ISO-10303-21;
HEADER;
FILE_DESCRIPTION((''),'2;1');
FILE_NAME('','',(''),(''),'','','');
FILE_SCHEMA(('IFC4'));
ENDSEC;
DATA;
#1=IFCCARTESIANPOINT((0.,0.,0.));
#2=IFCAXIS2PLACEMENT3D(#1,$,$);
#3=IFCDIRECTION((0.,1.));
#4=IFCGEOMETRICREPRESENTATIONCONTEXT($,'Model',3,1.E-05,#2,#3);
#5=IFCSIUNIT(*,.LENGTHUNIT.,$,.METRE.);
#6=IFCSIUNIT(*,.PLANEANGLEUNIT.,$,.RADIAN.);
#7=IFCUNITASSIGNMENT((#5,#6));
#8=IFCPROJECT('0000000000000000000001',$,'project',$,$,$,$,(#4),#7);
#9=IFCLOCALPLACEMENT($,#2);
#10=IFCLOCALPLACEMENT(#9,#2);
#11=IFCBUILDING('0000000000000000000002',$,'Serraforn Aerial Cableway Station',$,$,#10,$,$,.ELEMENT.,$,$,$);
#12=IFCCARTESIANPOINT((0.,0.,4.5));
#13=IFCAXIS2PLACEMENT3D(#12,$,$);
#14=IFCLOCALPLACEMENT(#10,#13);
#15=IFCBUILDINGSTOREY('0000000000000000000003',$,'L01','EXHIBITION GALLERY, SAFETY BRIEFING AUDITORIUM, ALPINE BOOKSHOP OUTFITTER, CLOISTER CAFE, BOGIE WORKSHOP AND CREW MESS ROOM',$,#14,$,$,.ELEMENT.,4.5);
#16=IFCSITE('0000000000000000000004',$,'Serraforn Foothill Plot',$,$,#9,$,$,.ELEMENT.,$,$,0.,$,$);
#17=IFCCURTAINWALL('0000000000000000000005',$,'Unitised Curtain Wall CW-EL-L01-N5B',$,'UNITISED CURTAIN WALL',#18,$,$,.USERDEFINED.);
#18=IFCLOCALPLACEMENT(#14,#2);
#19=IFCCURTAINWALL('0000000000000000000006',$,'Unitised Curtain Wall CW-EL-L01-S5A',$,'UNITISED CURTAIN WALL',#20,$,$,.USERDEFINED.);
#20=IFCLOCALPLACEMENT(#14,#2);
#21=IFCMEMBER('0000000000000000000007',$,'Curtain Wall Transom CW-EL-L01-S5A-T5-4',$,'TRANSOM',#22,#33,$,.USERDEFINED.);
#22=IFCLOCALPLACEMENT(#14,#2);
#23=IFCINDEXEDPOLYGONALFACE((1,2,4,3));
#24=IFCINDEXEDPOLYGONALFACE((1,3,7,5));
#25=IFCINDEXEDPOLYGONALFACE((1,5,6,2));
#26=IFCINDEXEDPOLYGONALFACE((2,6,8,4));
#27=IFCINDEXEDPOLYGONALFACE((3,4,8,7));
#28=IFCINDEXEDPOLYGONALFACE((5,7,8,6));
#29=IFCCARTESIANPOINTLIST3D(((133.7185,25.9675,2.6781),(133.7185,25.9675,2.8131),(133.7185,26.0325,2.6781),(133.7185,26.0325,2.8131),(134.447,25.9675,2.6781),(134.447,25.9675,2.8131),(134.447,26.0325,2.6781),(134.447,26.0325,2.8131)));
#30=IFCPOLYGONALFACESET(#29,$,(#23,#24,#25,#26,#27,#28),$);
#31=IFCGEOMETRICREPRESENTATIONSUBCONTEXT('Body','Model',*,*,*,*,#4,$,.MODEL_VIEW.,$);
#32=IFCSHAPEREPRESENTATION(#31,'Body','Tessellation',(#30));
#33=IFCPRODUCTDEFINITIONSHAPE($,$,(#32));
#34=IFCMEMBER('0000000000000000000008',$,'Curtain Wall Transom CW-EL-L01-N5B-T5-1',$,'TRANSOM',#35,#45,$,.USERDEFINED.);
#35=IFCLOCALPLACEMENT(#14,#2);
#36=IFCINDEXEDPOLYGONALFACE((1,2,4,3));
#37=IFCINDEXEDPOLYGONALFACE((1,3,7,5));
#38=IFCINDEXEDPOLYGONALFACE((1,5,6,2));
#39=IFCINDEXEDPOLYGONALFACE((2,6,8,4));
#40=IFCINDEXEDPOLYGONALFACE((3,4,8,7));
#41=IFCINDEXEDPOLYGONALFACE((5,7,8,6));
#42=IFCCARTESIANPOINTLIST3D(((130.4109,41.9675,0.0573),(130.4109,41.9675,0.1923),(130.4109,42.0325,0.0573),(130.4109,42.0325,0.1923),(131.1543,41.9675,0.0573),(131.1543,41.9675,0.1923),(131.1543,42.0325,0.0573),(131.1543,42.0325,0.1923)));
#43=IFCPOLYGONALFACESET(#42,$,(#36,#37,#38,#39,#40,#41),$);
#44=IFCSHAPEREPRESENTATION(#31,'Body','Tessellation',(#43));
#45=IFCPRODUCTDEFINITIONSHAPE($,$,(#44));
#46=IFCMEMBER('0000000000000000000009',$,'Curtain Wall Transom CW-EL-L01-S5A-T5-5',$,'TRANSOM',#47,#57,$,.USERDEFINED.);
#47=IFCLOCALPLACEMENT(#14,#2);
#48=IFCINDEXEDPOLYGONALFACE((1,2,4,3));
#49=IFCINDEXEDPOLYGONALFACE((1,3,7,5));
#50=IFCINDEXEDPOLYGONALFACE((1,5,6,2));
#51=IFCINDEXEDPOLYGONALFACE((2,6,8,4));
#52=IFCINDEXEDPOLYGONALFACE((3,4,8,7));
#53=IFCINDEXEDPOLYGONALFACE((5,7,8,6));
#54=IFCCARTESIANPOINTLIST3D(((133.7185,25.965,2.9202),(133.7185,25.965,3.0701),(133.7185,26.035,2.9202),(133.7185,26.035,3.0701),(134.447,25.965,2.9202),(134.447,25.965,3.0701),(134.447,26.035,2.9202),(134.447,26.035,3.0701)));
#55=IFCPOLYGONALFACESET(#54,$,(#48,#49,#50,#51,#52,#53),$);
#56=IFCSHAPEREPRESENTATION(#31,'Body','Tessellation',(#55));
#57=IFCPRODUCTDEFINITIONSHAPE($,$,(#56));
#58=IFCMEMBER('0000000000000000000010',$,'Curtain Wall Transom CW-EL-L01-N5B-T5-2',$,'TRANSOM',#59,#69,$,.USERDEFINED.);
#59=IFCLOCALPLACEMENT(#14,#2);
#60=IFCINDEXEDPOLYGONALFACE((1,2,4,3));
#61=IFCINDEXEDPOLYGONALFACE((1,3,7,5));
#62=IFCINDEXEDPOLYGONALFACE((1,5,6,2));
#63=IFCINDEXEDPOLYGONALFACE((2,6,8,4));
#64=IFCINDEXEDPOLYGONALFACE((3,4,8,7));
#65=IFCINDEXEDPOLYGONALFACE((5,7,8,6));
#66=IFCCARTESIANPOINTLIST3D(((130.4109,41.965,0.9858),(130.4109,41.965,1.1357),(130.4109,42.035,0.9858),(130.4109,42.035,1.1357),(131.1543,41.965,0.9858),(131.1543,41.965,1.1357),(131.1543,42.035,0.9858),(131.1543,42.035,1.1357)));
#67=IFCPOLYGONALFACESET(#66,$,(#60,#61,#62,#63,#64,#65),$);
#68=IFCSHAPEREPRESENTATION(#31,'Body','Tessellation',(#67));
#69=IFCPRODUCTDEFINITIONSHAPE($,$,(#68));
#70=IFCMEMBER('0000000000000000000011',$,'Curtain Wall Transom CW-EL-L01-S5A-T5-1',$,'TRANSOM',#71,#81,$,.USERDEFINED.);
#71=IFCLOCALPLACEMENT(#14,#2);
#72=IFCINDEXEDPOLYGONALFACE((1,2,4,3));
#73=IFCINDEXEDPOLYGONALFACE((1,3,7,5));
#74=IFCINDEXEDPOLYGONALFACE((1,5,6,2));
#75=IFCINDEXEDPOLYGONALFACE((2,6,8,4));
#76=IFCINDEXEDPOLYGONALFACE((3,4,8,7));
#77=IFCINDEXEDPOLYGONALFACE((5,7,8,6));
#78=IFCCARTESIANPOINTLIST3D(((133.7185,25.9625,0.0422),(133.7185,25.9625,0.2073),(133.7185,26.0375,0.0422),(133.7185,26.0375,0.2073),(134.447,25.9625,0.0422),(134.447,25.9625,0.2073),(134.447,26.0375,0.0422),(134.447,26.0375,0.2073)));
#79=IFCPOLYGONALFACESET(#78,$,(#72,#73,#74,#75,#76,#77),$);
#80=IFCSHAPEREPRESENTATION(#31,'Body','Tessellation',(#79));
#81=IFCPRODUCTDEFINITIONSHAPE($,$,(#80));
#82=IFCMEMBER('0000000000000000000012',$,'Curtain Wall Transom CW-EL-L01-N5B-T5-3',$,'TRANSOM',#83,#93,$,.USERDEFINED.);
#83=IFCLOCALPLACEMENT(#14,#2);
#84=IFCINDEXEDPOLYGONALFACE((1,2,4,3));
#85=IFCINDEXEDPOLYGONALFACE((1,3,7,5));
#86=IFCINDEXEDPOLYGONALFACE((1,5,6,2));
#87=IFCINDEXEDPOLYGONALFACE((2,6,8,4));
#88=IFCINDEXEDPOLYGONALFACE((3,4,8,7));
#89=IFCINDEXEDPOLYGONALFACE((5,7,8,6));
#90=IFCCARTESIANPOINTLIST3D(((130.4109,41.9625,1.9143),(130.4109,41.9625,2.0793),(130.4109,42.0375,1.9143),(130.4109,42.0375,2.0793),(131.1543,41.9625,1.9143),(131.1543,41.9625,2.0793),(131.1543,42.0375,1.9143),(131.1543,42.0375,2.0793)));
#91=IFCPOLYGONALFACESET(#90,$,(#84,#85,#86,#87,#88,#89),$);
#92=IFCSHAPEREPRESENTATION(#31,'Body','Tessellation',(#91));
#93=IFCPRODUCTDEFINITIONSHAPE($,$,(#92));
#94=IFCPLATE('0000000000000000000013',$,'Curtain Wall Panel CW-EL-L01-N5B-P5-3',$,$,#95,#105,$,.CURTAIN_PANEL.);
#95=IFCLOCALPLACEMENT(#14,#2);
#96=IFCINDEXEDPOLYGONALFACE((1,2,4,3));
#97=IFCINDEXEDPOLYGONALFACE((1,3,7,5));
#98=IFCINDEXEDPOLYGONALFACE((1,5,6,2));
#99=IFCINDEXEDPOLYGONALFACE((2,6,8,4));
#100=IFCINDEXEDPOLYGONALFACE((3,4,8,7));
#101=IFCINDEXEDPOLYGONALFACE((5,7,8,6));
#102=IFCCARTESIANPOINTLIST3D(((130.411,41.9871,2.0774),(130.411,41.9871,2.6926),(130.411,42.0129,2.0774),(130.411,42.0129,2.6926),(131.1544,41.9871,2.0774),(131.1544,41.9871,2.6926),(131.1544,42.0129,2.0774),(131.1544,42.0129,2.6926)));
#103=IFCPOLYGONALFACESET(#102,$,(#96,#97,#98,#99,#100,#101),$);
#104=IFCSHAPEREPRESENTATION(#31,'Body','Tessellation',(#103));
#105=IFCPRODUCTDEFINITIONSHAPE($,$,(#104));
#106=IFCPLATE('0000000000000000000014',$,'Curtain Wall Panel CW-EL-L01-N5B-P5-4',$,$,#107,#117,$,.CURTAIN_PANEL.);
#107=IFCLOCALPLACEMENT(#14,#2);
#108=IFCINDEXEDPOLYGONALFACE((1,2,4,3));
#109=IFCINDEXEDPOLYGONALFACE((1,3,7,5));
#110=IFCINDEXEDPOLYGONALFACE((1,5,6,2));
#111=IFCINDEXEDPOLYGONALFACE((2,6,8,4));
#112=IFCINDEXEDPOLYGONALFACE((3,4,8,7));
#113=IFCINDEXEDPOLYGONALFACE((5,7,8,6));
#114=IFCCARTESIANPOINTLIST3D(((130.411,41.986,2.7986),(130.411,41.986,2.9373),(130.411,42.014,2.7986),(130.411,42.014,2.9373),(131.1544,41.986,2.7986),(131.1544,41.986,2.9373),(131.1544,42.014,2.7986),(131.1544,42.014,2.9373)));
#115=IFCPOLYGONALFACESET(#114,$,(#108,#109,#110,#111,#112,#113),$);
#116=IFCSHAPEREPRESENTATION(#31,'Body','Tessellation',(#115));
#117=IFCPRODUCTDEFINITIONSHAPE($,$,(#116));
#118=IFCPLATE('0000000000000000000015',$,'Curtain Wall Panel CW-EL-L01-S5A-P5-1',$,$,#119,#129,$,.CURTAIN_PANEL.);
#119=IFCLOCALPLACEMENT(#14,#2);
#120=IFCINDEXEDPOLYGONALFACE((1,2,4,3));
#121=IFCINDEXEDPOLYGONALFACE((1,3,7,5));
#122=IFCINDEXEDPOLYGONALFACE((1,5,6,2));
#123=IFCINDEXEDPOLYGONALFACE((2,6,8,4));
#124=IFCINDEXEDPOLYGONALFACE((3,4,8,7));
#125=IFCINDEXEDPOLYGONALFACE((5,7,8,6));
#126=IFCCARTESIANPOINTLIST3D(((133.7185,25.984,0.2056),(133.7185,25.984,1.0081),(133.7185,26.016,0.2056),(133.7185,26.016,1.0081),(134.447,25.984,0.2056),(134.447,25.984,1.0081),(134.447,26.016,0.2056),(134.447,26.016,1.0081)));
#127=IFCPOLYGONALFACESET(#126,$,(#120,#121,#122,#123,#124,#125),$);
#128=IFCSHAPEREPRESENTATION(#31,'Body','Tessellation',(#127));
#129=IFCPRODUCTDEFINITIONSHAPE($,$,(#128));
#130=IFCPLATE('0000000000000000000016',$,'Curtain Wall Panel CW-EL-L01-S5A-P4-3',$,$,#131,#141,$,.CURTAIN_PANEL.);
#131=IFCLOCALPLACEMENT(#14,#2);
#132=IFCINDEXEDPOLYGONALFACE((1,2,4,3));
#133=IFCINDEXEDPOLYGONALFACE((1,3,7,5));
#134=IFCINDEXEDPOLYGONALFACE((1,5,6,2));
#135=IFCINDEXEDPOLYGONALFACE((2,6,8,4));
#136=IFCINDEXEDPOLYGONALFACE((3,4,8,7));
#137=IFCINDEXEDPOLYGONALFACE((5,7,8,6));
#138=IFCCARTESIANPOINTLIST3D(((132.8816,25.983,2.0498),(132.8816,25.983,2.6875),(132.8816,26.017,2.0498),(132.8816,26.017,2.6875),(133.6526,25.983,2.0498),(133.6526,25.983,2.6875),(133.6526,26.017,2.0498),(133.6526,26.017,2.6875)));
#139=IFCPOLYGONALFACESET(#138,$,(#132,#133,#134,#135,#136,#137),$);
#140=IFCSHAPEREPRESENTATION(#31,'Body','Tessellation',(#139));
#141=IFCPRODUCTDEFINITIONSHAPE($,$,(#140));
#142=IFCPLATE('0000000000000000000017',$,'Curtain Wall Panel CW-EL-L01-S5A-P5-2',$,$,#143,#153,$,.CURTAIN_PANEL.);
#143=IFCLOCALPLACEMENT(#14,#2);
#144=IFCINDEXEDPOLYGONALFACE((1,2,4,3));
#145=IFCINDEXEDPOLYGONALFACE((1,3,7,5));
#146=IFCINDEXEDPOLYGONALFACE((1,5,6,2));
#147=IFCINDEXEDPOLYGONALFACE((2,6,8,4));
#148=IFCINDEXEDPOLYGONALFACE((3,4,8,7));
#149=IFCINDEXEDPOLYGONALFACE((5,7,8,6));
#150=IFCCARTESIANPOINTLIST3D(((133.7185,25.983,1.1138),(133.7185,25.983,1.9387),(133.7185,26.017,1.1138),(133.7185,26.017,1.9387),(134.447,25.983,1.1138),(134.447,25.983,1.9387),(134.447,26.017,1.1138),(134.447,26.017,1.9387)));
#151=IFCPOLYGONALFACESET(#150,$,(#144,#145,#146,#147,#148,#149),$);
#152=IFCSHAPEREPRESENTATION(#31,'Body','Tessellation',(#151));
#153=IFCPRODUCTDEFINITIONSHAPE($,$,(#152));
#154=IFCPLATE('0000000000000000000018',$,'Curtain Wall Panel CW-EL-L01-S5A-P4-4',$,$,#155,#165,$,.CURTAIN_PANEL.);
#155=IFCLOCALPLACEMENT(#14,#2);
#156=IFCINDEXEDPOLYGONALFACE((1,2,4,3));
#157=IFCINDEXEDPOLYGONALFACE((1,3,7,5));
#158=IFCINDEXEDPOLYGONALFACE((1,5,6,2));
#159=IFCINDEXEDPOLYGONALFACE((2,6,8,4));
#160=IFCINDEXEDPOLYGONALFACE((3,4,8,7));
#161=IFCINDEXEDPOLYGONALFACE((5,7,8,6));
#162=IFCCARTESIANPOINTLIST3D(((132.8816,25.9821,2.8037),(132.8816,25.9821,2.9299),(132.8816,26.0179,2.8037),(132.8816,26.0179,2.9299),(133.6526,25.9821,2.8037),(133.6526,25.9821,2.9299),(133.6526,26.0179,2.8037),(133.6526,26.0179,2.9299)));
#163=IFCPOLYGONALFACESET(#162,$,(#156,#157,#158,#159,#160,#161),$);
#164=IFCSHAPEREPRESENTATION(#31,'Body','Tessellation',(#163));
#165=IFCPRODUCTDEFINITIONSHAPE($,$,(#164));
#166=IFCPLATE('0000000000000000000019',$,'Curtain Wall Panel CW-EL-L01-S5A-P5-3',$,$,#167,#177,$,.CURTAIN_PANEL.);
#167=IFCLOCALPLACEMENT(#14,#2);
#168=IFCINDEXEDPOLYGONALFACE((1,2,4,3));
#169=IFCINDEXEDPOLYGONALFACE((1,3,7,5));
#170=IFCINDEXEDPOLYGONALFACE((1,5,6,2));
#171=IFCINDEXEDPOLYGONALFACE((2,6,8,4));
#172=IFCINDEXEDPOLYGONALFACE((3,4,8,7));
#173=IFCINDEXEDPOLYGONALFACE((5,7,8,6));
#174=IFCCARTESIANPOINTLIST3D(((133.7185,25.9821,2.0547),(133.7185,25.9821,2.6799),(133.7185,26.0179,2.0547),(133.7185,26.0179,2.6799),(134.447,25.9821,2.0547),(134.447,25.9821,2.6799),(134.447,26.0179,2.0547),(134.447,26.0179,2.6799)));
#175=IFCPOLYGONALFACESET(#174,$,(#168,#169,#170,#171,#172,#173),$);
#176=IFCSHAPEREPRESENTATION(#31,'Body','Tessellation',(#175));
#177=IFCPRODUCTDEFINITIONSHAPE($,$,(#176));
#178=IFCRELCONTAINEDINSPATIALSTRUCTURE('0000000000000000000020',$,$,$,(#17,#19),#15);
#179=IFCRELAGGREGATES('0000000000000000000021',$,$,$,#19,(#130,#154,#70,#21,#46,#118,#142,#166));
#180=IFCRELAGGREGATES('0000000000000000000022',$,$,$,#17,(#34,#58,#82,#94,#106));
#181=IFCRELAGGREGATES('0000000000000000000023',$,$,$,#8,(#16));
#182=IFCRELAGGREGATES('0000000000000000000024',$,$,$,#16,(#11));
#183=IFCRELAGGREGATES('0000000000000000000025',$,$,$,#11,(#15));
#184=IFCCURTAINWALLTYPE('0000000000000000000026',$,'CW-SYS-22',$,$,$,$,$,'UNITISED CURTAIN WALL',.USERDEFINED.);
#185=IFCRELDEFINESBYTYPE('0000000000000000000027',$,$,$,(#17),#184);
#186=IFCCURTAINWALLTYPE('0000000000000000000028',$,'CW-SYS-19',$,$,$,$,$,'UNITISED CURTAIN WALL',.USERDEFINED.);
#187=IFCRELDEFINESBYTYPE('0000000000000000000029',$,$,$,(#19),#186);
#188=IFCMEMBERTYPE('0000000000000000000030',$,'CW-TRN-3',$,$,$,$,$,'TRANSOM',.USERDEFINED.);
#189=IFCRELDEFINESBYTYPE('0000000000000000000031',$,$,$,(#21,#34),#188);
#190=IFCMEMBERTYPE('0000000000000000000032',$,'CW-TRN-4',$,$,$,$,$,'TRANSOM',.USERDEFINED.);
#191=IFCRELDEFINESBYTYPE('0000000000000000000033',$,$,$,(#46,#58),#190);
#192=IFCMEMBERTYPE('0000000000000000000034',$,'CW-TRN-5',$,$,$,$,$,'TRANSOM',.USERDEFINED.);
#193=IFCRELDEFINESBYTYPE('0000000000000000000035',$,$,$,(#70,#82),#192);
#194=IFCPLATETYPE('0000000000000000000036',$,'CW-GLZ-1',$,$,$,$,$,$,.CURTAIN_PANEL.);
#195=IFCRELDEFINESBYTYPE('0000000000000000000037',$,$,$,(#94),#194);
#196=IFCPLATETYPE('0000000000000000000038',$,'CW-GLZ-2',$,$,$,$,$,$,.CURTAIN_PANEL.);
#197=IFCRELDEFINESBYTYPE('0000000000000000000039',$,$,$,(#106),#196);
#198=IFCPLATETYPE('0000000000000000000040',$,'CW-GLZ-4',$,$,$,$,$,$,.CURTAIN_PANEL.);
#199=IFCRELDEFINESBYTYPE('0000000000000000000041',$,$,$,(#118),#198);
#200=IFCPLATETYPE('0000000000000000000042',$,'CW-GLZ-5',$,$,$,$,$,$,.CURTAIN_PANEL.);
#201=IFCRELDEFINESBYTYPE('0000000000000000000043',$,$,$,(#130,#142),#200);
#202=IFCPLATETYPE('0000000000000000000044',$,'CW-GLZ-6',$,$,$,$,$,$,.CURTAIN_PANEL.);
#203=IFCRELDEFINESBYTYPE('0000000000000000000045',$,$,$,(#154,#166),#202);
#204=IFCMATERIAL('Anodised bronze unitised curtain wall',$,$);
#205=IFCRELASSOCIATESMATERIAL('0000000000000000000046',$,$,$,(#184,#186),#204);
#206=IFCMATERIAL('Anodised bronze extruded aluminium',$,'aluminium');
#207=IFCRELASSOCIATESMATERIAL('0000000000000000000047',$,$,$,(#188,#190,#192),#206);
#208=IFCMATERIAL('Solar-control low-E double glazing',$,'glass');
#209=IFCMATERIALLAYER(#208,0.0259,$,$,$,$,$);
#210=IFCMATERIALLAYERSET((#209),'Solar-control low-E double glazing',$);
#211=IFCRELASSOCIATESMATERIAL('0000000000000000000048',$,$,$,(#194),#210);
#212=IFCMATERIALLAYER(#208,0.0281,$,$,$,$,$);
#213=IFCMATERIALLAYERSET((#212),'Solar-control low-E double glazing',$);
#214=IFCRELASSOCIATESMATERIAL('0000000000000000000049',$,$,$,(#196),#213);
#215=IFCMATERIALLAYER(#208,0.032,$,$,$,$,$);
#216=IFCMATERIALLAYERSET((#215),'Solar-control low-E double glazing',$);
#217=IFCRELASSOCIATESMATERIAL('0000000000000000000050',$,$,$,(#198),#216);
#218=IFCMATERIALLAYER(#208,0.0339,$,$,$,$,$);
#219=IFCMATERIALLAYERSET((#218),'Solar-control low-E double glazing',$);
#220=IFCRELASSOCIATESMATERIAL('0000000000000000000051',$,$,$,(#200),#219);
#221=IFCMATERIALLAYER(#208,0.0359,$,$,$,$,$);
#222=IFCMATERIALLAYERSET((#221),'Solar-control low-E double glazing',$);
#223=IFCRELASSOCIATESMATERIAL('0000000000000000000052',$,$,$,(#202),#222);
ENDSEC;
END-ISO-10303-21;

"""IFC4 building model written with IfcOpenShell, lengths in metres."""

from ifc_helpers import new_model, si_unit, direction, frame, origin, origin_2d, place, context, subcontext, project, spatial, rectangle, extrude, material, layer, layer_set, material_profile, profile_set, type_object, element, aggregate, save


model = new_model("IFC4")

# Units and contexts
model_context = context("Model", 3, precision=1e-05, world=origin(), true_north=direction((0.0, 1.0)))
body_context = subcontext(model_context, "Body", "Model", "MODEL_VIEW")
ifc_project = project(units=[si_unit("LENGTHUNIT", "METRE"), si_unit("PLANEANGLEUNIT", "RADIAN")], contexts=[model_context])

# Site, building, storey
site_placement = place(None, origin())
site = spatial("IfcSite", under=ifc_project, at=site_placement, Name="Serraforn Foothill Plot", CompositionType="ELEMENT", RefElevation=0.0)
building_placement = place(site_placement, origin())
building = spatial("IfcBuilding", under=site, at=building_placement, Name="Serraforn Aerial Cableway Station", CompositionType="ELEMENT")
storey_placement = place(building_placement, frame((0.0, 0.0, 4.5)))
storey = spatial("IfcBuildingStorey", under=building, at=storey_placement, Name="L01", Description="EXHIBITION GALLERY, SAFETY BRIEFING AUDITORIUM, ALPINE BOOKSHOP OUTFITTER, CLOISTER CAFE, BOGIE WORKSHOP AND CREW MESS ROOM", CompositionType="ELEMENT", Elevation=4.5)

# Curtain walls
ifc_material_1 = material(Name="Anodised bronze unitised curtain wall")
curtain_wall_type_1 = type_object("IfcCurtainWallType", Name="CW-SYS-22", ElementType="UNITISED CURTAIN WALL", PredefinedType="USERDEFINED", material=ifc_material_1)
curtain_wall_1_placement = place(storey_placement, origin())
curtain_wall_1 = element("IfcCurtainWall", 1, at=curtain_wall_1_placement, inside=storey, type_object=curtain_wall_type_1, Name="Unitised Curtain Wall CW-EL-L01-N5B", ObjectType="UNITISED CURTAIN WALL", PredefinedType="USERDEFINED")
ifc_material_2 = material(Name="Anodised bronze extruded aluminium", Category="aluminium")
curtain_wall_type_2 = type_object("IfcCurtainWallType", Name="CW-SYS-19", ElementType="UNITISED CURTAIN WALL", PredefinedType="USERDEFINED", material=ifc_material_1)
curtain_wall_2_placement = place(storey_placement, origin())
curtain_wall_2 = element("IfcCurtainWall", 2, at=curtain_wall_2_placement, inside=storey, type_object=curtain_wall_type_2, Name="Unitised Curtain Wall CW-EL-L01-S5A", ObjectType="UNITISED CURTAIN WALL", PredefinedType="USERDEFINED")

# Members
ifc_material_profile_1 = material_profile(ifc_material_2, rectangle(XDim=0.0649, YDim=0.135, at=origin_2d()), Name="CW TRANSOM 65x135")
ifc_profile_set_1 = profile_set([ifc_material_profile_1], Name="Anodised bronze extruded aluminium")
member_type_1 = type_object("IfcMemberType", Name="CW-TRN-3", ElementType="TRANSOM", PredefinedType="USERDEFINED", material=ifc_profile_set_1)
member_1_placement = place(storey_placement, frame((133.7185, 26.0, 2.7456), z_axis=(1.0, 0.0, 0.0), x_axis=(0.0, 1.0, 0.0)))
member_1 = element("IfcMember", 3, at=member_1_placement, type_object=member_type_1, Name="Curtain Wall Transom CW-EL-L01-S5A-T5-4", ObjectType="TRANSOM", PredefinedType="USERDEFINED", context=body_context, shape_type="SweptSolid", body=[
    extrude(rectangle(XDim=0.0649, YDim=0.135, at=origin_2d()), origin(), (0.0, 0.0, 1.0), 0.7285),
])
member_2_placement = place(storey_placement, frame((131.1543, 42.0, 0.1248), z_axis=(-1.0, 0.0, 0.0), x_axis=(0.0, -1.0, 0.0)))
member_2 = element("IfcMember", 4, at=member_2_placement, type_object=member_type_1, Name="Curtain Wall Transom CW-EL-L01-N5B-T5-1", ObjectType="TRANSOM", PredefinedType="USERDEFINED", context=body_context, shape_type="SweptSolid", body=[
    extrude(rectangle(XDim=0.0649, YDim=0.135, at=origin_2d()), origin(), (0.0, 0.0, 1.0), 0.7434),
])
ifc_material_profile_2 = material_profile(ifc_material_2, rectangle(XDim=0.0701, YDim=0.1499, at=origin_2d()), Name="CW TRANSOM 70x150")
ifc_profile_set_2 = profile_set([ifc_material_profile_2], Name="Anodised bronze extruded aluminium")
member_type_2 = type_object("IfcMemberType", Name="CW-TRN-4", ElementType="TRANSOM", PredefinedType="USERDEFINED", material=ifc_profile_set_2)
member_3_placement = place(storey_placement, frame((133.7185, 26.0, 2.9951), z_axis=(1.0, 0.0, 0.0), x_axis=(0.0, 1.0, 0.0)))
member_3 = element("IfcMember", 5, at=member_3_placement, type_object=member_type_2, Name="Curtain Wall Transom CW-EL-L01-S5A-T5-5", ObjectType="TRANSOM", PredefinedType="USERDEFINED", context=body_context, shape_type="SweptSolid", body=[
    extrude(rectangle(XDim=0.0701, YDim=0.1499, at=origin_2d()), origin(), (0.0, 0.0, 1.0), 0.7285),
])
member_4_placement = place(storey_placement, frame((131.1543, 42.0, 1.0608), z_axis=(-1.0, 0.0, 0.0), x_axis=(0.0, -1.0, 0.0)))
member_4 = element("IfcMember", 6, at=member_4_placement, type_object=member_type_2, Name="Curtain Wall Transom CW-EL-L01-N5B-T5-2", ObjectType="TRANSOM", PredefinedType="USERDEFINED", context=body_context, shape_type="SweptSolid", body=[
    extrude(rectangle(XDim=0.0701, YDim=0.1499, at=origin_2d()), origin(), (0.0, 0.0, 1.0), 0.7434),
])
ifc_material_profile_3 = material_profile(ifc_material_2, rectangle(XDim=0.075, YDim=0.165, at=origin_2d()), Name="CW TRANSOM 75x165")
ifc_profile_set_3 = profile_set([ifc_material_profile_3], Name="Anodised bronze extruded aluminium")
member_type_3 = type_object("IfcMemberType", Name="CW-TRN-5", ElementType="TRANSOM", PredefinedType="USERDEFINED", material=ifc_profile_set_3)
member_5_placement = place(storey_placement, frame((133.7185, 26.0, 0.1248), z_axis=(1.0, 0.0, 0.0), x_axis=(0.0, 1.0, 0.0)))
member_5 = element("IfcMember", 7, at=member_5_placement, type_object=member_type_3, Name="Curtain Wall Transom CW-EL-L01-S5A-T5-1", ObjectType="TRANSOM", PredefinedType="USERDEFINED", context=body_context, shape_type="SweptSolid", body=[
    extrude(rectangle(XDim=0.075, YDim=0.165, at=origin_2d()), origin(), (0.0, 0.0, 1.0), 0.7285),
])
member_6_placement = place(storey_placement, frame((131.1543, 42.0, 1.9968), z_axis=(-1.0, 0.0, 0.0), x_axis=(0.0, -1.0, 0.0)))
member_6 = element("IfcMember", 8, at=member_6_placement, type_object=member_type_3, Name="Curtain Wall Transom CW-EL-L01-N5B-T5-3", ObjectType="TRANSOM", PredefinedType="USERDEFINED", context=body_context, shape_type="SweptSolid", body=[
    extrude(rectangle(XDim=0.075, YDim=0.165, at=origin_2d()), origin(), (0.0, 0.0, 1.0), 0.7434),
])

# Plates
ifc_material_3 = material(Name="Solar-control low-E double glazing", Category="glass")
ifc_layer_1 = layer(ifc_material_3, 0.0259)
ifc_layer_set_1 = layer_set([ifc_layer_1], Name="Solar-control low-E double glazing")
plate_type_1 = type_object("IfcPlateType", Name="CW-GLZ-1", PredefinedType="CURTAIN_PANEL", material=ifc_layer_set_1)
plate_1_placement = place(storey_placement, frame((130.7827, 42.0, 2.0774), z_axis=(0.0, 0.0, 1.0), x_axis=(1.0, 0.0, 0.0)))
plate_1 = element("IfcPlate", 9, at=plate_1_placement, type_object=plate_type_1, Name="Curtain Wall Panel CW-EL-L01-N5B-P5-3", PredefinedType="CURTAIN_PANEL", context=body_context, shape_type="SweptSolid", body=[
    extrude(rectangle(XDim=0.7434, YDim=0.0259, at=origin_2d()), origin(), (0.0, 0.0, 1.0), 0.6152),
])
ifc_layer_2 = layer(ifc_material_3, 0.0281)
ifc_layer_set_2 = layer_set([ifc_layer_2], Name="Solar-control low-E double glazing")
plate_type_2 = type_object("IfcPlateType", Name="CW-GLZ-2", PredefinedType="CURTAIN_PANEL", material=ifc_layer_set_2)
plate_2_placement = place(storey_placement, frame((130.7827, 42.0, 2.7986), z_axis=(0.0, 0.0, 1.0), x_axis=(1.0, 0.0, 0.0)))
plate_2 = element("IfcPlate", 10, at=plate_2_placement, type_object=plate_type_2, Name="Curtain Wall Panel CW-EL-L01-N5B-P5-4", PredefinedType="CURTAIN_PANEL", context=body_context, shape_type="SweptSolid", body=[
    extrude(rectangle(XDim=0.7434, YDim=0.0281, at=origin_2d()), origin(), (0.0, 0.0, 1.0), 0.1387),
])
ifc_layer_3 = layer(ifc_material_3, 0.032)
ifc_layer_set_3 = layer_set([ifc_layer_3], Name="Solar-control low-E double glazing")
plate_type_3 = type_object("IfcPlateType", Name="CW-GLZ-4", PredefinedType="CURTAIN_PANEL", material=ifc_layer_set_3)
plate_3_placement = place(storey_placement, frame((134.0828, 26.0, 0.2056), z_axis=(0.0, 0.0, 1.0), x_axis=(1.0, 0.0, 0.0)))
plate_3 = element("IfcPlate", 11, at=plate_3_placement, type_object=plate_type_3, Name="Curtain Wall Panel CW-EL-L01-S5A-P5-1", PredefinedType="CURTAIN_PANEL", context=body_context, shape_type="SweptSolid", body=[
    extrude(rectangle(XDim=0.7285, YDim=0.032, at=origin_2d()), origin(), (0.0, 0.0, 1.0), 0.8025),
])
ifc_layer_4 = layer(ifc_material_3, 0.0339)
ifc_layer_set_4 = layer_set([ifc_layer_4], Name="Solar-control low-E double glazing")
plate_type_4 = type_object("IfcPlateType", Name="CW-GLZ-5", PredefinedType="CURTAIN_PANEL", material=ifc_layer_set_4)
plate_4_placement = place(storey_placement, frame((133.2671, 26.0, 2.0498), z_axis=(0.0, 0.0, 1.0), x_axis=(1.0, 0.0, 0.0)))
plate_4 = element("IfcPlate", 12, at=plate_4_placement, type_object=plate_type_4, Name="Curtain Wall Panel CW-EL-L01-S5A-P4-3", PredefinedType="CURTAIN_PANEL", context=body_context, shape_type="SweptSolid", body=[
    extrude(rectangle(XDim=0.771, YDim=0.0339, at=origin_2d()), origin(), (0.0, 0.0, 1.0), 0.6377),
])
plate_5_placement = place(storey_placement, frame((134.0828, 26.0, 1.1138), z_axis=(0.0, 0.0, 1.0), x_axis=(1.0, 0.0, 0.0)))
plate_5 = element("IfcPlate", 13, at=plate_5_placement, type_object=plate_type_4, Name="Curtain Wall Panel CW-EL-L01-S5A-P5-2", PredefinedType="CURTAIN_PANEL", context=body_context, shape_type="SweptSolid", body=[
    extrude(rectangle(XDim=0.7285, YDim=0.0339, at=origin_2d()), origin(), (0.0, 0.0, 1.0), 0.825),
])
ifc_layer_5 = layer(ifc_material_3, 0.0359)
ifc_layer_set_5 = layer_set([ifc_layer_5], Name="Solar-control low-E double glazing")
plate_type_5 = type_object("IfcPlateType", Name="CW-GLZ-6", PredefinedType="CURTAIN_PANEL", material=ifc_layer_set_5)
plate_6_placement = place(storey_placement, frame((133.2671, 26.0, 2.8037), z_axis=(0.0, 0.0, 1.0), x_axis=(1.0, 0.0, 0.0)))
plate_6 = element("IfcPlate", 14, at=plate_6_placement, type_object=plate_type_5, Name="Curtain Wall Panel CW-EL-L01-S5A-P4-4", PredefinedType="CURTAIN_PANEL", context=body_context, shape_type="SweptSolid", body=[
    extrude(rectangle(XDim=0.771, YDim=0.0359, at=origin_2d()), origin(), (0.0, 0.0, 1.0), 0.1262),
])
plate_7_placement = place(storey_placement, frame((134.0828, 26.0, 2.0547), z_axis=(0.0, 0.0, 1.0), x_axis=(1.0, 0.0, 0.0)))
plate_7 = element("IfcPlate", 15, at=plate_7_placement, type_object=plate_type_5, Name="Curtain Wall Panel CW-EL-L01-S5A-P5-3", PredefinedType="CURTAIN_PANEL", context=body_context, shape_type="SweptSolid", body=[
    extrude(rectangle(XDim=0.7285, YDim=0.0359, at=origin_2d()), origin(), (0.0, 0.0, 1.0), 0.6252),
])
aggregate(curtain_wall_2, [plate_4, plate_6, member_5, member_1, member_3, plate_3, plate_5, plate_7])
aggregate(curtain_wall_1, [member_2, member_4, member_6, plate_1, plate_2])

save(model, "model.ifc")
